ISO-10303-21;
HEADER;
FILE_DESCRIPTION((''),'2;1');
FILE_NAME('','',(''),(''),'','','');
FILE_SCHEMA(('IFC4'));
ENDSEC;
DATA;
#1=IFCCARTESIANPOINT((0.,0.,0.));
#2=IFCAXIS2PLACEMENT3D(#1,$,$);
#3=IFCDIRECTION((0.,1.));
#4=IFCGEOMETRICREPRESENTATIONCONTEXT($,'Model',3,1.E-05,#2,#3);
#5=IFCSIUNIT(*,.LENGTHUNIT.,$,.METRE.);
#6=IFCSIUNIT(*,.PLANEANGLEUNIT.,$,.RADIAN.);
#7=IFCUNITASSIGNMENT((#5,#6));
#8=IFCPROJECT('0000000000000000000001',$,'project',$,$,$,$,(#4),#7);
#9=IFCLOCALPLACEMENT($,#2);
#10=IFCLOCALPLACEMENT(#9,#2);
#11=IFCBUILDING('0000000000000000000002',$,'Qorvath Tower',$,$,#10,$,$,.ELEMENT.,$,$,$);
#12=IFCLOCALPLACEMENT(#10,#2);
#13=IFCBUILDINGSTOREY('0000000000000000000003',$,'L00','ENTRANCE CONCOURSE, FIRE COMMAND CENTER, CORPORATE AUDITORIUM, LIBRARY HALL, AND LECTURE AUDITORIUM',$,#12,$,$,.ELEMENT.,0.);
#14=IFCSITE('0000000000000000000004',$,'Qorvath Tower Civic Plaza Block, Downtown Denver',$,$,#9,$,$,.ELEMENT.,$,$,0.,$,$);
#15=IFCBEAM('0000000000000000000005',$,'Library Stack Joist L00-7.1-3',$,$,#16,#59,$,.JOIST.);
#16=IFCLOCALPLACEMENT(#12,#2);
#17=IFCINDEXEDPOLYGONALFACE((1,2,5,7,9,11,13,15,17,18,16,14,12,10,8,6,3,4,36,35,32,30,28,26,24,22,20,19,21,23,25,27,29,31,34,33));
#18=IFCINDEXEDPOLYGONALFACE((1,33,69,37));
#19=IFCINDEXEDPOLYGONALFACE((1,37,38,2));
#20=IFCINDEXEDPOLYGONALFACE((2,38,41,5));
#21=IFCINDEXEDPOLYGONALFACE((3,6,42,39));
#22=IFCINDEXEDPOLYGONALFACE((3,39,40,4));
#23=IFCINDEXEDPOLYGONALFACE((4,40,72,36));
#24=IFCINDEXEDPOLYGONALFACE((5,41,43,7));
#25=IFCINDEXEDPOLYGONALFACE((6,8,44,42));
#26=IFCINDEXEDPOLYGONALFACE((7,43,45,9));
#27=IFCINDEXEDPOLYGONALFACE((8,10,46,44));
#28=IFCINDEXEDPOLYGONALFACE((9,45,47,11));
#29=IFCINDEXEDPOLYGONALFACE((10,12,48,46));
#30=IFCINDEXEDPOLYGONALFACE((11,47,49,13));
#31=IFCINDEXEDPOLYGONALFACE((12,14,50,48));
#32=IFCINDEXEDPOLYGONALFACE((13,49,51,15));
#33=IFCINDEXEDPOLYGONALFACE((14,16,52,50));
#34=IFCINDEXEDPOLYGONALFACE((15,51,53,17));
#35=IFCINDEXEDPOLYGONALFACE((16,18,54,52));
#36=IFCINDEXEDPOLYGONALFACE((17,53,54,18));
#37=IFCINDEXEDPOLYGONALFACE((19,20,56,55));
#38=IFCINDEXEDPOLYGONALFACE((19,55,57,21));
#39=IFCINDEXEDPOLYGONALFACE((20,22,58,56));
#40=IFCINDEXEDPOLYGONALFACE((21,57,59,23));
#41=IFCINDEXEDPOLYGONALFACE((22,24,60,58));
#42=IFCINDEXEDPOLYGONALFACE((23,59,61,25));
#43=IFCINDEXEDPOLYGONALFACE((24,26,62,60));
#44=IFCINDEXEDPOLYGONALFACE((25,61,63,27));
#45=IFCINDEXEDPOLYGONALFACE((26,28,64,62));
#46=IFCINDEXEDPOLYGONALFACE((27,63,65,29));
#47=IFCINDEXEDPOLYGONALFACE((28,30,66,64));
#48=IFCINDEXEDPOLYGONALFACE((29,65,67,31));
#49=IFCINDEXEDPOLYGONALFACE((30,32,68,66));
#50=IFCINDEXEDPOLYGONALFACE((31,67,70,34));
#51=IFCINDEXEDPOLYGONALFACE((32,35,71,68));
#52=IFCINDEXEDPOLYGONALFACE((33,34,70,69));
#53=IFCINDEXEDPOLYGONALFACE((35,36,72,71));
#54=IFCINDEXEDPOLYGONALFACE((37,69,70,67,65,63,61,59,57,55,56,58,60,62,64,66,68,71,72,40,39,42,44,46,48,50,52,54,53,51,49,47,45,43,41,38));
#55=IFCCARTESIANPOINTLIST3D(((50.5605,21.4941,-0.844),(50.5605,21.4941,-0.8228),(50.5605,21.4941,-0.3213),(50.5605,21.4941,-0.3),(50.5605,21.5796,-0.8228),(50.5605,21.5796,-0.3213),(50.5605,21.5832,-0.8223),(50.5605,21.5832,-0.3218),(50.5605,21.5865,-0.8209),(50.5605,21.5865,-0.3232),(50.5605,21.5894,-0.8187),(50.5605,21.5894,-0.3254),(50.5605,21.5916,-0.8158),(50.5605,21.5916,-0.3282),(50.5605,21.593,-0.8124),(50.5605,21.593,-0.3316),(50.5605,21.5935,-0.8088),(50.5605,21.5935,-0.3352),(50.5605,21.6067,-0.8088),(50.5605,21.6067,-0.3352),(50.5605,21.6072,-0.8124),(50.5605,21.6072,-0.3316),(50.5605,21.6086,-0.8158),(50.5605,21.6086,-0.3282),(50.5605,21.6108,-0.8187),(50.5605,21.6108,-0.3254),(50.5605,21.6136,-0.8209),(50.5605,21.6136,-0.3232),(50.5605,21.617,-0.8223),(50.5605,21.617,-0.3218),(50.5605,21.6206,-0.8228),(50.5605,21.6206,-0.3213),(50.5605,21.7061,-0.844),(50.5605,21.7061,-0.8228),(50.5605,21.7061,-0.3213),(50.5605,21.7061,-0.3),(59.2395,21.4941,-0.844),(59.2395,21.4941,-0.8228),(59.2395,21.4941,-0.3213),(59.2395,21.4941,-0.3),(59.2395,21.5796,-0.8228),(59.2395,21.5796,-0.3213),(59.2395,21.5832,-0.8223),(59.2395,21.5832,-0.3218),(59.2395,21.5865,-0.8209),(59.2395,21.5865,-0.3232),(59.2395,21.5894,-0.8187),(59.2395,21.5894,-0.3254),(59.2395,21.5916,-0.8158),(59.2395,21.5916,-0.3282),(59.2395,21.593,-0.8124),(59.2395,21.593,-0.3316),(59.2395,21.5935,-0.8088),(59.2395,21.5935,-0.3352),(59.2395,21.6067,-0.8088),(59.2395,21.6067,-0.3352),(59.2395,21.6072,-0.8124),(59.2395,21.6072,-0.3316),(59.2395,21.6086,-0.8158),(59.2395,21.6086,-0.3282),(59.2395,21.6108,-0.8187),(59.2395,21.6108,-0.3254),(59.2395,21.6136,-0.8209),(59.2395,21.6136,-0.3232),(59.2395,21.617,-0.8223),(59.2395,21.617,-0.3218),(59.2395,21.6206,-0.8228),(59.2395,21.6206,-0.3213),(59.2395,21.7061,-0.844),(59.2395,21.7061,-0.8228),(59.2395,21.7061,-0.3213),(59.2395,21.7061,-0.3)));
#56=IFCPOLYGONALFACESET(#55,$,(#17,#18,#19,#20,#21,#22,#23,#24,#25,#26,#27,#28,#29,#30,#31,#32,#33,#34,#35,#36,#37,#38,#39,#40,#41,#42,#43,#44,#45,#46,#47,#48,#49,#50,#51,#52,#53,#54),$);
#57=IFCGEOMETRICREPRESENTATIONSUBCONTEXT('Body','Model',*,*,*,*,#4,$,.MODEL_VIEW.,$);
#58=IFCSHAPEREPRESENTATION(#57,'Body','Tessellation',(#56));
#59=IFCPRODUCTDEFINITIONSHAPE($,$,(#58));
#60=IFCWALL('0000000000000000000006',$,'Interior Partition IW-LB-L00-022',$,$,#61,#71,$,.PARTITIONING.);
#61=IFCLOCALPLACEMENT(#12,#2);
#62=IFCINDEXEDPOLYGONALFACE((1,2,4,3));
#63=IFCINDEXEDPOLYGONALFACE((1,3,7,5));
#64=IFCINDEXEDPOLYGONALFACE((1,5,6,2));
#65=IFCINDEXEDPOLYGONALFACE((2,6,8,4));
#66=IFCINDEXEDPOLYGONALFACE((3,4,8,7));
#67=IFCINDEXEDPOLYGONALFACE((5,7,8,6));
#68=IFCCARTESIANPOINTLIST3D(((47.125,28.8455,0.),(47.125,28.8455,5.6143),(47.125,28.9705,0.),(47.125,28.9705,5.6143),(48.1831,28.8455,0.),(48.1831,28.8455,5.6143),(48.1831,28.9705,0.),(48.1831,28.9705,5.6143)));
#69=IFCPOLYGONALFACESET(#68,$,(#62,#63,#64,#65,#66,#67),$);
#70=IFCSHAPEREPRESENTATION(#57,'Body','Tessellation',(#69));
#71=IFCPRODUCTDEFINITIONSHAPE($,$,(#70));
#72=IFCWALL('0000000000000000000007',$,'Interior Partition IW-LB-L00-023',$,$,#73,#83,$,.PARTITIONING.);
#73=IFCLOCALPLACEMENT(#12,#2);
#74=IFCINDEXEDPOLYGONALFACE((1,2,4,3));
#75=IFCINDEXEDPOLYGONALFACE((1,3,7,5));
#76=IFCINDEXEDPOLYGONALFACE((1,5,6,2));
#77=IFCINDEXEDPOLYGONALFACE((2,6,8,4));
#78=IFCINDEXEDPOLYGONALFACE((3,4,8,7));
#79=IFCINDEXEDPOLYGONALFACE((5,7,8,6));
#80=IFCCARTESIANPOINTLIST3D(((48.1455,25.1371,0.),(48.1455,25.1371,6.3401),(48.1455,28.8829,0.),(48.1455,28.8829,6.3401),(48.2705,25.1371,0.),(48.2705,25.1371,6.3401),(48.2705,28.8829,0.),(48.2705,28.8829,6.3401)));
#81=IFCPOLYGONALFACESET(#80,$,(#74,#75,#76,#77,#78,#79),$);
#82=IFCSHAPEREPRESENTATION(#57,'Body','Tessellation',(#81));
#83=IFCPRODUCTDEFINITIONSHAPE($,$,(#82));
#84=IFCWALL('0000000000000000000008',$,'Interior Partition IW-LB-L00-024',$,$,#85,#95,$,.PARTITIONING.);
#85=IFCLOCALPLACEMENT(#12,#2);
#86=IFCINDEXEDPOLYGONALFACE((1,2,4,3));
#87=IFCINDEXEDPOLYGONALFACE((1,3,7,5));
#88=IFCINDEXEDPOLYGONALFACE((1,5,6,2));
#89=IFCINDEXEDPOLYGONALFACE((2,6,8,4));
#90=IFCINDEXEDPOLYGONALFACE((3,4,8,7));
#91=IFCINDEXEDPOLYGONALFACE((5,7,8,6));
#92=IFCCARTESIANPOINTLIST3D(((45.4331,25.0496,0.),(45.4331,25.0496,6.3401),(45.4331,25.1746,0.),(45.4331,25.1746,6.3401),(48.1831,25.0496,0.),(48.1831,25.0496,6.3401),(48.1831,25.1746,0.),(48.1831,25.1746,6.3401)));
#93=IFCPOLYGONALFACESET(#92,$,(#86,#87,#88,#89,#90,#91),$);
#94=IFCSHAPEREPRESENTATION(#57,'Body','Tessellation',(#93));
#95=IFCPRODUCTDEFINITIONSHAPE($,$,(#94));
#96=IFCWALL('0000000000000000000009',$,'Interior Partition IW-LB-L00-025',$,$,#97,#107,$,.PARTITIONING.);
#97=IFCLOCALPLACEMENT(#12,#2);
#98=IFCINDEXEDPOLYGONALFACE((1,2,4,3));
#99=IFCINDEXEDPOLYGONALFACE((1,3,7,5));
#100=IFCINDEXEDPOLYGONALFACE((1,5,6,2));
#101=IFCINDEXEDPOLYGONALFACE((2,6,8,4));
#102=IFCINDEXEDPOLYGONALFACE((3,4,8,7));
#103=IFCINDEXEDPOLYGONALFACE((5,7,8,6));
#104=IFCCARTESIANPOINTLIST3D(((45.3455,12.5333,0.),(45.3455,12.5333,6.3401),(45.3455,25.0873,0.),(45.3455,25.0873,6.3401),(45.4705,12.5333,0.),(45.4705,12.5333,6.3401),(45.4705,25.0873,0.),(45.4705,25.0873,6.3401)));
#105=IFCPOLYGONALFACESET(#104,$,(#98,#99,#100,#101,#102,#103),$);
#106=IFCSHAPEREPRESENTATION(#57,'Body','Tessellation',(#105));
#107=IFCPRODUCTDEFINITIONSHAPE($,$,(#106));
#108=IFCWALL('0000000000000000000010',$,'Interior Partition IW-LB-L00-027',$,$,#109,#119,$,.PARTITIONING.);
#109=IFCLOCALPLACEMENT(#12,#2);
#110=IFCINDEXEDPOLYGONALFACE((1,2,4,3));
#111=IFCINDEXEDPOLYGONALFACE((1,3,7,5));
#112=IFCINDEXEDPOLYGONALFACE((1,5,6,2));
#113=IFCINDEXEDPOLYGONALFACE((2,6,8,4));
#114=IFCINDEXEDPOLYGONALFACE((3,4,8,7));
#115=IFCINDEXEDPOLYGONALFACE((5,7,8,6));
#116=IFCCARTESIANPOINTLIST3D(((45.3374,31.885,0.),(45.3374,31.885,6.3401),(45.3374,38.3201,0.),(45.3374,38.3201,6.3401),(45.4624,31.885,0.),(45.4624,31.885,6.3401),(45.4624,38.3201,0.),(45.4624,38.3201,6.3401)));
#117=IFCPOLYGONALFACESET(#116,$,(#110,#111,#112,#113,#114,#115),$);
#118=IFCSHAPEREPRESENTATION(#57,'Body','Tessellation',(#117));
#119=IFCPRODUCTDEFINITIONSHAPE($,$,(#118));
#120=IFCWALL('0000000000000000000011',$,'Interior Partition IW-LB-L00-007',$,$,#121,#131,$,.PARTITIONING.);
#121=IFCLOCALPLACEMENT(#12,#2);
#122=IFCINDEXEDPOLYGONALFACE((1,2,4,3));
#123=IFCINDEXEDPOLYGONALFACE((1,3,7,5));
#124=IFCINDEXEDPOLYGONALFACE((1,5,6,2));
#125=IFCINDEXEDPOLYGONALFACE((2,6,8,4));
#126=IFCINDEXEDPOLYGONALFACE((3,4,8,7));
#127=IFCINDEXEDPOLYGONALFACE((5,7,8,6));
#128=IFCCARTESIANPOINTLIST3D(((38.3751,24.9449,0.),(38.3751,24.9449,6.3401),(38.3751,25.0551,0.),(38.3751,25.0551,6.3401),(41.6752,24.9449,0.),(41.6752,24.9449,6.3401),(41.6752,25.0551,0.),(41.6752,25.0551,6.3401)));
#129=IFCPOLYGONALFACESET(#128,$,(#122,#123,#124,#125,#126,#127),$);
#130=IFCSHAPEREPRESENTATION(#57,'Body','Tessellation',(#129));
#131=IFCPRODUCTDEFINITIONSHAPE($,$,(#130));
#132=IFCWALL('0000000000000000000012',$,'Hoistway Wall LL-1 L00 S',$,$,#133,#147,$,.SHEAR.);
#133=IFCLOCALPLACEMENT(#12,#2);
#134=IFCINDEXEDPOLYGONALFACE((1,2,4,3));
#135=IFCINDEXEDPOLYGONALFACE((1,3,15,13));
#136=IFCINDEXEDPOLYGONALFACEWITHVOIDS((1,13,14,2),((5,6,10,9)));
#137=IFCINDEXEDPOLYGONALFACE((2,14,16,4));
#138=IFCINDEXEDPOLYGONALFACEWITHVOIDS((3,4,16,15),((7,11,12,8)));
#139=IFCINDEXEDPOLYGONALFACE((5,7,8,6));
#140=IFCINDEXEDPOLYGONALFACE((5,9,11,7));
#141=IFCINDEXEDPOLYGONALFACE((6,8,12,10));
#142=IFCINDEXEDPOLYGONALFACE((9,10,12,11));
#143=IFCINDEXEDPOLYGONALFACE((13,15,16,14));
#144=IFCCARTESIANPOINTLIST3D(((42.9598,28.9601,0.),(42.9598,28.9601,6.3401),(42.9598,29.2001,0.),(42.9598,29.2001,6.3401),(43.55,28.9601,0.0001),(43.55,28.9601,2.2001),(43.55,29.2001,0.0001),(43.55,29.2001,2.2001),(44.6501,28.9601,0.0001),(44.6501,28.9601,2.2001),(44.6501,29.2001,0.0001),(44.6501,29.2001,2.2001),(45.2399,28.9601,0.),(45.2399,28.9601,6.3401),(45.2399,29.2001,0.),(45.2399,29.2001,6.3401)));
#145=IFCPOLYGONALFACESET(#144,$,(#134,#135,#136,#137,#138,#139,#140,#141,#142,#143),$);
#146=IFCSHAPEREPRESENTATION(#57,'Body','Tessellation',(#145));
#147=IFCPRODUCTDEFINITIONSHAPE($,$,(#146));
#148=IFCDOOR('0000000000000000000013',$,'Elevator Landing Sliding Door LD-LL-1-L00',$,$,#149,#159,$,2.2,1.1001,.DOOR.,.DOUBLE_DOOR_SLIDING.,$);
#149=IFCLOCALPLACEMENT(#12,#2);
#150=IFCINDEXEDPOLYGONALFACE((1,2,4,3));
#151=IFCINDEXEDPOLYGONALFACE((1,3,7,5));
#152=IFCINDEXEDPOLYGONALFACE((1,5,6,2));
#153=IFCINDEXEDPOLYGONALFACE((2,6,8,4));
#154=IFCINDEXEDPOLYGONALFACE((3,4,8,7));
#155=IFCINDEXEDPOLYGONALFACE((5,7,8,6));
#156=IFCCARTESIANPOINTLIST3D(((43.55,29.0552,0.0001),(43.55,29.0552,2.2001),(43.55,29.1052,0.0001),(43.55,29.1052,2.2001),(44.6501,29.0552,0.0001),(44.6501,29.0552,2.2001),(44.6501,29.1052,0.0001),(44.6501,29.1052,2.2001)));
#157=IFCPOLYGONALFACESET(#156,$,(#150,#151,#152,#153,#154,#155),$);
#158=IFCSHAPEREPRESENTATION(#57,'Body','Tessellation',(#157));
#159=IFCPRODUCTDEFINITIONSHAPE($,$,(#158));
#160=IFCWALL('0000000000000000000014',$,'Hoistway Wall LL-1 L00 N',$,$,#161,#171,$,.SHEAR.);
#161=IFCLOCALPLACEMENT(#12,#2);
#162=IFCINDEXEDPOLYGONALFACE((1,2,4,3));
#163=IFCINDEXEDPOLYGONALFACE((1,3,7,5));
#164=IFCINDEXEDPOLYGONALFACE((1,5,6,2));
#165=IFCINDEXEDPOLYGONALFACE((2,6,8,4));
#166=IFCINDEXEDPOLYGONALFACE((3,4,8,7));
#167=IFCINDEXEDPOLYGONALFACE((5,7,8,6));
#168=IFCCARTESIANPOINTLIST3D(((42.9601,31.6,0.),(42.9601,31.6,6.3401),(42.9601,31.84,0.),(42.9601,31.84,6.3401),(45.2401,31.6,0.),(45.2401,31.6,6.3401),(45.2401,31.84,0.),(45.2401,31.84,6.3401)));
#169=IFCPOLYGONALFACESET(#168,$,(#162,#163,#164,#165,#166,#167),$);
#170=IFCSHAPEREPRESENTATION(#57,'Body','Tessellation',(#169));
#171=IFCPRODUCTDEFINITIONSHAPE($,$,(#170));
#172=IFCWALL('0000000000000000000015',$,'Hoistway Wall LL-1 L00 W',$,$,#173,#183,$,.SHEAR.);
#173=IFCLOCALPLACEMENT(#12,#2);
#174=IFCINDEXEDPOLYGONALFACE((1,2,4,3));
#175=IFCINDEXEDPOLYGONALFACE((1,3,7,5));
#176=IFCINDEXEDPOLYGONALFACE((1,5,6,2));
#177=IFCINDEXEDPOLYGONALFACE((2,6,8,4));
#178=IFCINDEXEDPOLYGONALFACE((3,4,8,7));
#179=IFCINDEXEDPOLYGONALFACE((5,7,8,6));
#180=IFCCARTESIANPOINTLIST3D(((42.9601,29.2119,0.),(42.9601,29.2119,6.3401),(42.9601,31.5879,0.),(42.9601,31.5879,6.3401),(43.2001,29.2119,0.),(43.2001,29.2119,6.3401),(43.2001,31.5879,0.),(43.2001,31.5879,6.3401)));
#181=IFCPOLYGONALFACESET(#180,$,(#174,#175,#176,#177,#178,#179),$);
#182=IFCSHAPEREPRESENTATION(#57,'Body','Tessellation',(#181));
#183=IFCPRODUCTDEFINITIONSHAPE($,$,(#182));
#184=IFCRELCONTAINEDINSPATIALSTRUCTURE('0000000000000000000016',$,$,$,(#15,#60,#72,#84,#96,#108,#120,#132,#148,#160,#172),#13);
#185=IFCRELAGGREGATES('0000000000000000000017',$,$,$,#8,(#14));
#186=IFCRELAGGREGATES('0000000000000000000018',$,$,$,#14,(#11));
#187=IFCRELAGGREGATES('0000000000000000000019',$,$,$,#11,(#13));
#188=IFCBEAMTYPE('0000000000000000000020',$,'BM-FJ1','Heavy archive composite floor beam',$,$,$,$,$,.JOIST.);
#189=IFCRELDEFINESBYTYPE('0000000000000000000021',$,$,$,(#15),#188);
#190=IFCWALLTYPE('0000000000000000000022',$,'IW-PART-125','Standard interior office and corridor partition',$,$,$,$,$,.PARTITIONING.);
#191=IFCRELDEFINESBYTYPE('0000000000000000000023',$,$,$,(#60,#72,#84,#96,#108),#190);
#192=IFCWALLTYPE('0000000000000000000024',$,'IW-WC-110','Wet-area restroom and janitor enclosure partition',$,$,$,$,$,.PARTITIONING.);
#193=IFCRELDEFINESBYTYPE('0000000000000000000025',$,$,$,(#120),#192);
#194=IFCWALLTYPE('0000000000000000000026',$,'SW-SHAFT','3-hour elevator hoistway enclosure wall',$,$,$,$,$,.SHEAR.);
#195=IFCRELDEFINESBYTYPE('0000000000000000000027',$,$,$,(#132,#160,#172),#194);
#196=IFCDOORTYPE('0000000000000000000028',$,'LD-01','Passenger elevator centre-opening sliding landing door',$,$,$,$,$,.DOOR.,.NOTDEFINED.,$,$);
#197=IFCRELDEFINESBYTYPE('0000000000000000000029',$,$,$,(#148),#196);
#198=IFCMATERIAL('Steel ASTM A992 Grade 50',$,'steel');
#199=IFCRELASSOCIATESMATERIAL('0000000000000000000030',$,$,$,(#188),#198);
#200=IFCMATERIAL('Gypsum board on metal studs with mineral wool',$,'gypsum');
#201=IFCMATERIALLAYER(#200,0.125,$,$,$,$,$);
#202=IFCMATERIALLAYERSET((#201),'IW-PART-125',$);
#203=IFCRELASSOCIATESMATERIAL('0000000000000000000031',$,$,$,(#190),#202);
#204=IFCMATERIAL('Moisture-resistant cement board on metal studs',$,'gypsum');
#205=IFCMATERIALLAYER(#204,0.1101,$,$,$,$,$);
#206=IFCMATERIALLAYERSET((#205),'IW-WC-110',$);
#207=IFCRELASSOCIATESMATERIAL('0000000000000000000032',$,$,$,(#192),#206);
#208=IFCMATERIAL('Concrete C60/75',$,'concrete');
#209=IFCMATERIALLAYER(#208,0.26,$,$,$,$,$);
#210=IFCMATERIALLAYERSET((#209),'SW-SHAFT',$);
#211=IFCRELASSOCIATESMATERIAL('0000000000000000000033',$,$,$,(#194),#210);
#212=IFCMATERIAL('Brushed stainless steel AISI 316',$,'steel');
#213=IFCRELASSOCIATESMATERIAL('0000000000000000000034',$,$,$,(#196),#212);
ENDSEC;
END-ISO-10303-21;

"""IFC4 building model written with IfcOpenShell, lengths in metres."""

from ifc_helpers import new_model, si_unit, direction, frame, frame_2d, origin, origin_2d, place, context, subcontext, project, spatial, rectangle, i_section, extrude, material, layer, layer_set, material_profile, profile_set, type_object, element, fill, save


model = new_model("IFC4")

# Units and contexts
model_context = context("Model", 3, precision=1e-05, world=origin(), true_north=direction((0.0, 1.0)))
body_context = subcontext(model_context, "Body", "Model", "MODEL_VIEW")
ifc_project = project(units=[si_unit("LENGTHUNIT", "METRE"), si_unit("PLANEANGLEUNIT", "RADIAN")], contexts=[model_context])

# Site, building, storey
site_placement = place(None, origin())
site = spatial("IfcSite", under=ifc_project, at=site_placement, Name="Qorvath Tower Civic Plaza Block, Downtown Denver", CompositionType="ELEMENT", RefElevation=0.0)
building_placement = place(site_placement, origin())
building = spatial("IfcBuilding", under=site, at=building_placement, Name="Qorvath Tower", CompositionType="ELEMENT")
storey_placement = place(building_placement, origin())
storey = spatial("IfcBuildingStorey", under=building, at=storey_placement, Name="L00", Description="ENTRANCE CONCOURSE, FIRE COMMAND CENTER, CORPORATE AUDITORIUM, LIBRARY HALL, AND LECTURE AUDITORIUM", CompositionType="ELEMENT", Elevation=0.0)

# Beam
ifc_material_1 = material(Name="Steel ASTM A992 Grade 50", Category="steel")
ifc_material_profile_1 = material_profile(ifc_material_1, i_section(OverallWidth=0.2119, OverallDepth=0.5439, WebThickness=0.0132, FlangeThickness=0.0212, FilletRadius=0.0139, at=origin_2d()), Name="W21x83")
ifc_profile_set_1 = profile_set([ifc_material_profile_1], Name="Steel ASTM A992 Grade 50")
beam_type_1 = type_object("IfcBeamType", Name="BM-FJ1", Description="Heavy archive composite floor beam", PredefinedType="JOIST", material=ifc_profile_set_1)
beam_1_placement = place(storey_placement, frame((50.5605, 21.6001, -0.572), z_axis=(1.0, 0.0, 0.0), x_axis=(0.0, 1.0, 0.0)))
element("IfcBeam", 1, at=beam_1_placement, inside=storey, type_object=beam_type_1, Name="Library Stack Joist L00-7.1-3", PredefinedType="JOIST", context=body_context, shape_type="SweptSolid", body=[
    extrude(i_section(OverallWidth=0.2119, OverallDepth=0.5439, WebThickness=0.0132, FlangeThickness=0.0212, FilletRadius=0.0139, at=origin_2d()), origin(), (0.0, 0.0, 1.0), 8.679),
])

# Walls
ifc_material_2 = material(Name="Gypsum board on metal studs with mineral wool", Category="gypsum")
ifc_layer_1 = layer(ifc_material_2, 0.125)
ifc_layer_set_1 = layer_set([ifc_layer_1], Name="IW-PART-125")
wall_type_1 = type_object("IfcWallType", Name="IW-PART-125", Description="Standard interior office and corridor partition", PredefinedType="PARTITIONING", material=ifc_layer_set_1)
wall_1_placement = place(storey_placement, frame((48.1831, 28.908, 0.0), z_axis=(0.0, 0.0, 1.0), x_axis=(-1.0, 0.0, 0.0)))
element("IfcWall", 2, at=wall_1_placement, inside=storey, type_object=wall_type_1, Name="Interior Partition IW-LB-L00-022", PredefinedType="PARTITIONING", context=body_context, shape_type="SweptSolid", body=[
    extrude(rectangle(XDim=1.0581, YDim=0.125, at=frame_2d((0.5291, 0.0))), origin(), (0.0, 0.0, 1.0), 5.6143),
])
wall_2_placement = place(storey_placement, frame((48.208, 28.8831, 0.0), z_axis=(0.0, 0.0, 1.0), x_axis=(0.0, -1.0, 0.0)))
element("IfcWall", 3, at=wall_2_placement, inside=storey, type_object=wall_type_1, Name="Interior Partition IW-LB-L00-023", PredefinedType="PARTITIONING", context=body_context, shape_type="SweptSolid", body=[
    extrude(rectangle(XDim=3.7458, YDim=0.125, at=frame_2d((1.873, 0.0))), origin(), (0.0, 0.0, 1.0), 6.3401),
])
wall_3_placement = place(storey_placement, frame((45.4331, 25.1121, 0.0), z_axis=(0.0, 0.0, 1.0), x_axis=(1.0, 0.0, 0.0)))
element("IfcWall", 4, at=wall_3_placement, inside=storey, type_object=wall_type_1, Name="Interior Partition IW-LB-L00-024", PredefinedType="PARTITIONING", context=body_context, shape_type="SweptSolid", body=[
    extrude(rectangle(XDim=2.75, YDim=0.125, at=frame_2d((1.375, 0.0))), origin(), (0.0, 0.0, 1.0), 6.3401),
])
wall_4_placement = place(storey_placement, frame((45.408, 25.0872, 0.0), z_axis=(0.0, 0.0, 1.0), x_axis=(0.0, -1.0, 0.0)))
element("IfcWall", 5, at=wall_4_placement, inside=storey, type_object=wall_type_1, Name="Interior Partition IW-LB-L00-025", PredefinedType="PARTITIONING", context=body_context, shape_type="SweptSolid", body=[
    extrude(rectangle(XDim=12.554, YDim=0.125, at=frame_2d((6.2769, 0.0))), origin(), (0.0, 0.0, 1.0), 6.3401),
])
wall_5_placement = place(storey_placement, frame((45.3999, 38.3201, 0.0), z_axis=(0.0, 0.0, 1.0), x_axis=(0.0, -1.0, 0.0)))
element("IfcWall", 6, at=wall_5_placement, inside=storey, type_object=wall_type_1, Name="Interior Partition IW-LB-L00-027", PredefinedType="PARTITIONING", context=body_context, shape_type="SweptSolid", body=[
    extrude(rectangle(XDim=6.4351, YDim=0.125, at=frame_2d((3.2175, 0.0))), origin(), (0.0, 0.0, 1.0), 6.3401),
])
ifc_material_3 = material(Name="Moisture-resistant cement board on metal studs", Category="gypsum")
ifc_layer_2 = layer(ifc_material_3, 0.1101)
ifc_layer_set_2 = layer_set([ifc_layer_2], Name="IW-WC-110")
wall_type_2 = type_object("IfcWallType", Name="IW-WC-110", Description="Wet-area restroom and janitor enclosure partition", PredefinedType="PARTITIONING", material=ifc_layer_set_2)
wall_6_placement = place(storey_placement, frame((41.675, 25.0, 0.0), z_axis=(0.0, 0.0, 1.0), x_axis=(-1.0, 0.0, 0.0)))
element("IfcWall", 7, at=wall_6_placement, inside=storey, type_object=wall_type_2, Name="Interior Partition IW-LB-L00-007", PredefinedType="PARTITIONING", context=body_context, shape_type="SweptSolid", body=[
    extrude(rectangle(XDim=3.3, YDim=0.1101, at=frame_2d((1.6499, 0.0))), origin(), (0.0, 0.0, 1.0), 6.3401),
])

# Wall, opening, door
ifc_material_4 = material(Name="Concrete C60/75", Category="concrete")
ifc_layer_3 = layer(ifc_material_4, 0.26)
ifc_layer_set_3 = layer_set([ifc_layer_3], Name="SW-SHAFT")
wall_type_3 = type_object("IfcWallType", Name="SW-SHAFT", Description="3-hour elevator hoistway enclosure wall", PredefinedType="SHEAR", material=ifc_layer_set_3)
wall_7_placement = place(storey_placement, frame((45.24, 29.0801, 0.0), z_axis=(0.0, 0.0, 1.0), x_axis=(-1.0, 0.0, 0.0)))
wall_7 = element("IfcWall", 8, at=wall_7_placement, inside=storey, type_object=wall_type_3, Name="Hoistway Wall LL-1 L00 S", PredefinedType="SHEAR", context=body_context, shape_type="SweptSolid", body=[
    extrude(rectangle(XDim=2.28, YDim=0.24, at=frame_2d((1.1401, 0.0))), origin(), (0.0, 0.0, 1.0), 6.3401),
])
opening_1_placement = place(wall_7_placement, frame((0.5898, 0.0, 0.0)))
opening_1 = element("IfcOpeningElement", 9, at=opening_1_placement, cuts=wall_7, PredefinedType="OPENING", context=body_context, shape_type="SweptSolid", body=[
    extrude(rectangle(XDim=1.1001, YDim=2.2, at=frame_2d((0.55, 1.1001))), frame((0.0, 0.1299, 0.0), z_axis=(0.0, -1.0, 0.0), x_axis=(1.0, 0.0, 0.0)), (0.0, 0.0, 1.0), 0.26),
])
ifc_material_5 = material(Name="Brushed stainless steel AISI 316", Category="steel")
door_type_1 = type_object("IfcDoorType", Name="LD-01", Description="Passenger elevator centre-opening sliding landing door", OperationType="NOTDEFINED", PredefinedType="DOOR", material=ifc_material_5)
door_1_placement = place(opening_1_placement, origin())
door_1 = element("IfcDoor", 10, at=door_1_placement, inside=storey, type_object=door_type_1, Name="Elevator Landing Sliding Door LD-LL-1-L00", OperationType="DOUBLE_DOOR_SLIDING", OverallHeight=2.2, OverallWidth=1.1001, PredefinedType="DOOR", context=body_context, shape_type="SweptSolid", body=[
    extrude(rectangle(XDim=1.1001, YDim=2.2, at=frame_2d((0.55, 1.1001))), frame((0.0, 0.0249, 0.0), z_axis=(0.0, -1.0, 0.0), x_axis=(1.0, 0.0, 0.0)), (0.0, 0.0, 1.0), 0.05),
])
fill(opening_1, door_1)

# Walls
wall_8_placement = place(storey_placement, frame((42.96, 31.72, 0.0), z_axis=(0.0, 0.0, 1.0), x_axis=(1.0, 0.0, 0.0)))
element("IfcWall", 11, at=wall_8_placement, inside=storey, type_object=wall_type_3, Name="Hoistway Wall LL-1 L00 N", PredefinedType="SHEAR", context=body_context, shape_type="SweptSolid", body=[
    extrude(rectangle(XDim=2.28, YDim=0.24, at=frame_2d((1.1401, 0.0))), origin(), (0.0, 0.0, 1.0), 6.3401),
])
for number, where, z_axis, x_axis, name in (
    (12, (43.0801, 29.2119, 0.0), (0.0, 0.0, 1.0), (0.0, 1.0, 0.0), "Hoistway Wall LL-1 L00 W"),
):
    element("IfcWall", number, at=place(storey_placement, frame(where, z_axis=z_axis, x_axis=x_axis)), inside=storey, type_object=wall_type_3, Name=name, PredefinedType="SHEAR", context=body_context, shape_type="SweptSolid", body=[
        extrude(rectangle(XDim=2.376, YDim=0.24, at=frame_2d((1.188, 0.0))), origin(), (0.0, 0.0, 1.0), 6.3401),
    ])

save(model, "model.ifc")
